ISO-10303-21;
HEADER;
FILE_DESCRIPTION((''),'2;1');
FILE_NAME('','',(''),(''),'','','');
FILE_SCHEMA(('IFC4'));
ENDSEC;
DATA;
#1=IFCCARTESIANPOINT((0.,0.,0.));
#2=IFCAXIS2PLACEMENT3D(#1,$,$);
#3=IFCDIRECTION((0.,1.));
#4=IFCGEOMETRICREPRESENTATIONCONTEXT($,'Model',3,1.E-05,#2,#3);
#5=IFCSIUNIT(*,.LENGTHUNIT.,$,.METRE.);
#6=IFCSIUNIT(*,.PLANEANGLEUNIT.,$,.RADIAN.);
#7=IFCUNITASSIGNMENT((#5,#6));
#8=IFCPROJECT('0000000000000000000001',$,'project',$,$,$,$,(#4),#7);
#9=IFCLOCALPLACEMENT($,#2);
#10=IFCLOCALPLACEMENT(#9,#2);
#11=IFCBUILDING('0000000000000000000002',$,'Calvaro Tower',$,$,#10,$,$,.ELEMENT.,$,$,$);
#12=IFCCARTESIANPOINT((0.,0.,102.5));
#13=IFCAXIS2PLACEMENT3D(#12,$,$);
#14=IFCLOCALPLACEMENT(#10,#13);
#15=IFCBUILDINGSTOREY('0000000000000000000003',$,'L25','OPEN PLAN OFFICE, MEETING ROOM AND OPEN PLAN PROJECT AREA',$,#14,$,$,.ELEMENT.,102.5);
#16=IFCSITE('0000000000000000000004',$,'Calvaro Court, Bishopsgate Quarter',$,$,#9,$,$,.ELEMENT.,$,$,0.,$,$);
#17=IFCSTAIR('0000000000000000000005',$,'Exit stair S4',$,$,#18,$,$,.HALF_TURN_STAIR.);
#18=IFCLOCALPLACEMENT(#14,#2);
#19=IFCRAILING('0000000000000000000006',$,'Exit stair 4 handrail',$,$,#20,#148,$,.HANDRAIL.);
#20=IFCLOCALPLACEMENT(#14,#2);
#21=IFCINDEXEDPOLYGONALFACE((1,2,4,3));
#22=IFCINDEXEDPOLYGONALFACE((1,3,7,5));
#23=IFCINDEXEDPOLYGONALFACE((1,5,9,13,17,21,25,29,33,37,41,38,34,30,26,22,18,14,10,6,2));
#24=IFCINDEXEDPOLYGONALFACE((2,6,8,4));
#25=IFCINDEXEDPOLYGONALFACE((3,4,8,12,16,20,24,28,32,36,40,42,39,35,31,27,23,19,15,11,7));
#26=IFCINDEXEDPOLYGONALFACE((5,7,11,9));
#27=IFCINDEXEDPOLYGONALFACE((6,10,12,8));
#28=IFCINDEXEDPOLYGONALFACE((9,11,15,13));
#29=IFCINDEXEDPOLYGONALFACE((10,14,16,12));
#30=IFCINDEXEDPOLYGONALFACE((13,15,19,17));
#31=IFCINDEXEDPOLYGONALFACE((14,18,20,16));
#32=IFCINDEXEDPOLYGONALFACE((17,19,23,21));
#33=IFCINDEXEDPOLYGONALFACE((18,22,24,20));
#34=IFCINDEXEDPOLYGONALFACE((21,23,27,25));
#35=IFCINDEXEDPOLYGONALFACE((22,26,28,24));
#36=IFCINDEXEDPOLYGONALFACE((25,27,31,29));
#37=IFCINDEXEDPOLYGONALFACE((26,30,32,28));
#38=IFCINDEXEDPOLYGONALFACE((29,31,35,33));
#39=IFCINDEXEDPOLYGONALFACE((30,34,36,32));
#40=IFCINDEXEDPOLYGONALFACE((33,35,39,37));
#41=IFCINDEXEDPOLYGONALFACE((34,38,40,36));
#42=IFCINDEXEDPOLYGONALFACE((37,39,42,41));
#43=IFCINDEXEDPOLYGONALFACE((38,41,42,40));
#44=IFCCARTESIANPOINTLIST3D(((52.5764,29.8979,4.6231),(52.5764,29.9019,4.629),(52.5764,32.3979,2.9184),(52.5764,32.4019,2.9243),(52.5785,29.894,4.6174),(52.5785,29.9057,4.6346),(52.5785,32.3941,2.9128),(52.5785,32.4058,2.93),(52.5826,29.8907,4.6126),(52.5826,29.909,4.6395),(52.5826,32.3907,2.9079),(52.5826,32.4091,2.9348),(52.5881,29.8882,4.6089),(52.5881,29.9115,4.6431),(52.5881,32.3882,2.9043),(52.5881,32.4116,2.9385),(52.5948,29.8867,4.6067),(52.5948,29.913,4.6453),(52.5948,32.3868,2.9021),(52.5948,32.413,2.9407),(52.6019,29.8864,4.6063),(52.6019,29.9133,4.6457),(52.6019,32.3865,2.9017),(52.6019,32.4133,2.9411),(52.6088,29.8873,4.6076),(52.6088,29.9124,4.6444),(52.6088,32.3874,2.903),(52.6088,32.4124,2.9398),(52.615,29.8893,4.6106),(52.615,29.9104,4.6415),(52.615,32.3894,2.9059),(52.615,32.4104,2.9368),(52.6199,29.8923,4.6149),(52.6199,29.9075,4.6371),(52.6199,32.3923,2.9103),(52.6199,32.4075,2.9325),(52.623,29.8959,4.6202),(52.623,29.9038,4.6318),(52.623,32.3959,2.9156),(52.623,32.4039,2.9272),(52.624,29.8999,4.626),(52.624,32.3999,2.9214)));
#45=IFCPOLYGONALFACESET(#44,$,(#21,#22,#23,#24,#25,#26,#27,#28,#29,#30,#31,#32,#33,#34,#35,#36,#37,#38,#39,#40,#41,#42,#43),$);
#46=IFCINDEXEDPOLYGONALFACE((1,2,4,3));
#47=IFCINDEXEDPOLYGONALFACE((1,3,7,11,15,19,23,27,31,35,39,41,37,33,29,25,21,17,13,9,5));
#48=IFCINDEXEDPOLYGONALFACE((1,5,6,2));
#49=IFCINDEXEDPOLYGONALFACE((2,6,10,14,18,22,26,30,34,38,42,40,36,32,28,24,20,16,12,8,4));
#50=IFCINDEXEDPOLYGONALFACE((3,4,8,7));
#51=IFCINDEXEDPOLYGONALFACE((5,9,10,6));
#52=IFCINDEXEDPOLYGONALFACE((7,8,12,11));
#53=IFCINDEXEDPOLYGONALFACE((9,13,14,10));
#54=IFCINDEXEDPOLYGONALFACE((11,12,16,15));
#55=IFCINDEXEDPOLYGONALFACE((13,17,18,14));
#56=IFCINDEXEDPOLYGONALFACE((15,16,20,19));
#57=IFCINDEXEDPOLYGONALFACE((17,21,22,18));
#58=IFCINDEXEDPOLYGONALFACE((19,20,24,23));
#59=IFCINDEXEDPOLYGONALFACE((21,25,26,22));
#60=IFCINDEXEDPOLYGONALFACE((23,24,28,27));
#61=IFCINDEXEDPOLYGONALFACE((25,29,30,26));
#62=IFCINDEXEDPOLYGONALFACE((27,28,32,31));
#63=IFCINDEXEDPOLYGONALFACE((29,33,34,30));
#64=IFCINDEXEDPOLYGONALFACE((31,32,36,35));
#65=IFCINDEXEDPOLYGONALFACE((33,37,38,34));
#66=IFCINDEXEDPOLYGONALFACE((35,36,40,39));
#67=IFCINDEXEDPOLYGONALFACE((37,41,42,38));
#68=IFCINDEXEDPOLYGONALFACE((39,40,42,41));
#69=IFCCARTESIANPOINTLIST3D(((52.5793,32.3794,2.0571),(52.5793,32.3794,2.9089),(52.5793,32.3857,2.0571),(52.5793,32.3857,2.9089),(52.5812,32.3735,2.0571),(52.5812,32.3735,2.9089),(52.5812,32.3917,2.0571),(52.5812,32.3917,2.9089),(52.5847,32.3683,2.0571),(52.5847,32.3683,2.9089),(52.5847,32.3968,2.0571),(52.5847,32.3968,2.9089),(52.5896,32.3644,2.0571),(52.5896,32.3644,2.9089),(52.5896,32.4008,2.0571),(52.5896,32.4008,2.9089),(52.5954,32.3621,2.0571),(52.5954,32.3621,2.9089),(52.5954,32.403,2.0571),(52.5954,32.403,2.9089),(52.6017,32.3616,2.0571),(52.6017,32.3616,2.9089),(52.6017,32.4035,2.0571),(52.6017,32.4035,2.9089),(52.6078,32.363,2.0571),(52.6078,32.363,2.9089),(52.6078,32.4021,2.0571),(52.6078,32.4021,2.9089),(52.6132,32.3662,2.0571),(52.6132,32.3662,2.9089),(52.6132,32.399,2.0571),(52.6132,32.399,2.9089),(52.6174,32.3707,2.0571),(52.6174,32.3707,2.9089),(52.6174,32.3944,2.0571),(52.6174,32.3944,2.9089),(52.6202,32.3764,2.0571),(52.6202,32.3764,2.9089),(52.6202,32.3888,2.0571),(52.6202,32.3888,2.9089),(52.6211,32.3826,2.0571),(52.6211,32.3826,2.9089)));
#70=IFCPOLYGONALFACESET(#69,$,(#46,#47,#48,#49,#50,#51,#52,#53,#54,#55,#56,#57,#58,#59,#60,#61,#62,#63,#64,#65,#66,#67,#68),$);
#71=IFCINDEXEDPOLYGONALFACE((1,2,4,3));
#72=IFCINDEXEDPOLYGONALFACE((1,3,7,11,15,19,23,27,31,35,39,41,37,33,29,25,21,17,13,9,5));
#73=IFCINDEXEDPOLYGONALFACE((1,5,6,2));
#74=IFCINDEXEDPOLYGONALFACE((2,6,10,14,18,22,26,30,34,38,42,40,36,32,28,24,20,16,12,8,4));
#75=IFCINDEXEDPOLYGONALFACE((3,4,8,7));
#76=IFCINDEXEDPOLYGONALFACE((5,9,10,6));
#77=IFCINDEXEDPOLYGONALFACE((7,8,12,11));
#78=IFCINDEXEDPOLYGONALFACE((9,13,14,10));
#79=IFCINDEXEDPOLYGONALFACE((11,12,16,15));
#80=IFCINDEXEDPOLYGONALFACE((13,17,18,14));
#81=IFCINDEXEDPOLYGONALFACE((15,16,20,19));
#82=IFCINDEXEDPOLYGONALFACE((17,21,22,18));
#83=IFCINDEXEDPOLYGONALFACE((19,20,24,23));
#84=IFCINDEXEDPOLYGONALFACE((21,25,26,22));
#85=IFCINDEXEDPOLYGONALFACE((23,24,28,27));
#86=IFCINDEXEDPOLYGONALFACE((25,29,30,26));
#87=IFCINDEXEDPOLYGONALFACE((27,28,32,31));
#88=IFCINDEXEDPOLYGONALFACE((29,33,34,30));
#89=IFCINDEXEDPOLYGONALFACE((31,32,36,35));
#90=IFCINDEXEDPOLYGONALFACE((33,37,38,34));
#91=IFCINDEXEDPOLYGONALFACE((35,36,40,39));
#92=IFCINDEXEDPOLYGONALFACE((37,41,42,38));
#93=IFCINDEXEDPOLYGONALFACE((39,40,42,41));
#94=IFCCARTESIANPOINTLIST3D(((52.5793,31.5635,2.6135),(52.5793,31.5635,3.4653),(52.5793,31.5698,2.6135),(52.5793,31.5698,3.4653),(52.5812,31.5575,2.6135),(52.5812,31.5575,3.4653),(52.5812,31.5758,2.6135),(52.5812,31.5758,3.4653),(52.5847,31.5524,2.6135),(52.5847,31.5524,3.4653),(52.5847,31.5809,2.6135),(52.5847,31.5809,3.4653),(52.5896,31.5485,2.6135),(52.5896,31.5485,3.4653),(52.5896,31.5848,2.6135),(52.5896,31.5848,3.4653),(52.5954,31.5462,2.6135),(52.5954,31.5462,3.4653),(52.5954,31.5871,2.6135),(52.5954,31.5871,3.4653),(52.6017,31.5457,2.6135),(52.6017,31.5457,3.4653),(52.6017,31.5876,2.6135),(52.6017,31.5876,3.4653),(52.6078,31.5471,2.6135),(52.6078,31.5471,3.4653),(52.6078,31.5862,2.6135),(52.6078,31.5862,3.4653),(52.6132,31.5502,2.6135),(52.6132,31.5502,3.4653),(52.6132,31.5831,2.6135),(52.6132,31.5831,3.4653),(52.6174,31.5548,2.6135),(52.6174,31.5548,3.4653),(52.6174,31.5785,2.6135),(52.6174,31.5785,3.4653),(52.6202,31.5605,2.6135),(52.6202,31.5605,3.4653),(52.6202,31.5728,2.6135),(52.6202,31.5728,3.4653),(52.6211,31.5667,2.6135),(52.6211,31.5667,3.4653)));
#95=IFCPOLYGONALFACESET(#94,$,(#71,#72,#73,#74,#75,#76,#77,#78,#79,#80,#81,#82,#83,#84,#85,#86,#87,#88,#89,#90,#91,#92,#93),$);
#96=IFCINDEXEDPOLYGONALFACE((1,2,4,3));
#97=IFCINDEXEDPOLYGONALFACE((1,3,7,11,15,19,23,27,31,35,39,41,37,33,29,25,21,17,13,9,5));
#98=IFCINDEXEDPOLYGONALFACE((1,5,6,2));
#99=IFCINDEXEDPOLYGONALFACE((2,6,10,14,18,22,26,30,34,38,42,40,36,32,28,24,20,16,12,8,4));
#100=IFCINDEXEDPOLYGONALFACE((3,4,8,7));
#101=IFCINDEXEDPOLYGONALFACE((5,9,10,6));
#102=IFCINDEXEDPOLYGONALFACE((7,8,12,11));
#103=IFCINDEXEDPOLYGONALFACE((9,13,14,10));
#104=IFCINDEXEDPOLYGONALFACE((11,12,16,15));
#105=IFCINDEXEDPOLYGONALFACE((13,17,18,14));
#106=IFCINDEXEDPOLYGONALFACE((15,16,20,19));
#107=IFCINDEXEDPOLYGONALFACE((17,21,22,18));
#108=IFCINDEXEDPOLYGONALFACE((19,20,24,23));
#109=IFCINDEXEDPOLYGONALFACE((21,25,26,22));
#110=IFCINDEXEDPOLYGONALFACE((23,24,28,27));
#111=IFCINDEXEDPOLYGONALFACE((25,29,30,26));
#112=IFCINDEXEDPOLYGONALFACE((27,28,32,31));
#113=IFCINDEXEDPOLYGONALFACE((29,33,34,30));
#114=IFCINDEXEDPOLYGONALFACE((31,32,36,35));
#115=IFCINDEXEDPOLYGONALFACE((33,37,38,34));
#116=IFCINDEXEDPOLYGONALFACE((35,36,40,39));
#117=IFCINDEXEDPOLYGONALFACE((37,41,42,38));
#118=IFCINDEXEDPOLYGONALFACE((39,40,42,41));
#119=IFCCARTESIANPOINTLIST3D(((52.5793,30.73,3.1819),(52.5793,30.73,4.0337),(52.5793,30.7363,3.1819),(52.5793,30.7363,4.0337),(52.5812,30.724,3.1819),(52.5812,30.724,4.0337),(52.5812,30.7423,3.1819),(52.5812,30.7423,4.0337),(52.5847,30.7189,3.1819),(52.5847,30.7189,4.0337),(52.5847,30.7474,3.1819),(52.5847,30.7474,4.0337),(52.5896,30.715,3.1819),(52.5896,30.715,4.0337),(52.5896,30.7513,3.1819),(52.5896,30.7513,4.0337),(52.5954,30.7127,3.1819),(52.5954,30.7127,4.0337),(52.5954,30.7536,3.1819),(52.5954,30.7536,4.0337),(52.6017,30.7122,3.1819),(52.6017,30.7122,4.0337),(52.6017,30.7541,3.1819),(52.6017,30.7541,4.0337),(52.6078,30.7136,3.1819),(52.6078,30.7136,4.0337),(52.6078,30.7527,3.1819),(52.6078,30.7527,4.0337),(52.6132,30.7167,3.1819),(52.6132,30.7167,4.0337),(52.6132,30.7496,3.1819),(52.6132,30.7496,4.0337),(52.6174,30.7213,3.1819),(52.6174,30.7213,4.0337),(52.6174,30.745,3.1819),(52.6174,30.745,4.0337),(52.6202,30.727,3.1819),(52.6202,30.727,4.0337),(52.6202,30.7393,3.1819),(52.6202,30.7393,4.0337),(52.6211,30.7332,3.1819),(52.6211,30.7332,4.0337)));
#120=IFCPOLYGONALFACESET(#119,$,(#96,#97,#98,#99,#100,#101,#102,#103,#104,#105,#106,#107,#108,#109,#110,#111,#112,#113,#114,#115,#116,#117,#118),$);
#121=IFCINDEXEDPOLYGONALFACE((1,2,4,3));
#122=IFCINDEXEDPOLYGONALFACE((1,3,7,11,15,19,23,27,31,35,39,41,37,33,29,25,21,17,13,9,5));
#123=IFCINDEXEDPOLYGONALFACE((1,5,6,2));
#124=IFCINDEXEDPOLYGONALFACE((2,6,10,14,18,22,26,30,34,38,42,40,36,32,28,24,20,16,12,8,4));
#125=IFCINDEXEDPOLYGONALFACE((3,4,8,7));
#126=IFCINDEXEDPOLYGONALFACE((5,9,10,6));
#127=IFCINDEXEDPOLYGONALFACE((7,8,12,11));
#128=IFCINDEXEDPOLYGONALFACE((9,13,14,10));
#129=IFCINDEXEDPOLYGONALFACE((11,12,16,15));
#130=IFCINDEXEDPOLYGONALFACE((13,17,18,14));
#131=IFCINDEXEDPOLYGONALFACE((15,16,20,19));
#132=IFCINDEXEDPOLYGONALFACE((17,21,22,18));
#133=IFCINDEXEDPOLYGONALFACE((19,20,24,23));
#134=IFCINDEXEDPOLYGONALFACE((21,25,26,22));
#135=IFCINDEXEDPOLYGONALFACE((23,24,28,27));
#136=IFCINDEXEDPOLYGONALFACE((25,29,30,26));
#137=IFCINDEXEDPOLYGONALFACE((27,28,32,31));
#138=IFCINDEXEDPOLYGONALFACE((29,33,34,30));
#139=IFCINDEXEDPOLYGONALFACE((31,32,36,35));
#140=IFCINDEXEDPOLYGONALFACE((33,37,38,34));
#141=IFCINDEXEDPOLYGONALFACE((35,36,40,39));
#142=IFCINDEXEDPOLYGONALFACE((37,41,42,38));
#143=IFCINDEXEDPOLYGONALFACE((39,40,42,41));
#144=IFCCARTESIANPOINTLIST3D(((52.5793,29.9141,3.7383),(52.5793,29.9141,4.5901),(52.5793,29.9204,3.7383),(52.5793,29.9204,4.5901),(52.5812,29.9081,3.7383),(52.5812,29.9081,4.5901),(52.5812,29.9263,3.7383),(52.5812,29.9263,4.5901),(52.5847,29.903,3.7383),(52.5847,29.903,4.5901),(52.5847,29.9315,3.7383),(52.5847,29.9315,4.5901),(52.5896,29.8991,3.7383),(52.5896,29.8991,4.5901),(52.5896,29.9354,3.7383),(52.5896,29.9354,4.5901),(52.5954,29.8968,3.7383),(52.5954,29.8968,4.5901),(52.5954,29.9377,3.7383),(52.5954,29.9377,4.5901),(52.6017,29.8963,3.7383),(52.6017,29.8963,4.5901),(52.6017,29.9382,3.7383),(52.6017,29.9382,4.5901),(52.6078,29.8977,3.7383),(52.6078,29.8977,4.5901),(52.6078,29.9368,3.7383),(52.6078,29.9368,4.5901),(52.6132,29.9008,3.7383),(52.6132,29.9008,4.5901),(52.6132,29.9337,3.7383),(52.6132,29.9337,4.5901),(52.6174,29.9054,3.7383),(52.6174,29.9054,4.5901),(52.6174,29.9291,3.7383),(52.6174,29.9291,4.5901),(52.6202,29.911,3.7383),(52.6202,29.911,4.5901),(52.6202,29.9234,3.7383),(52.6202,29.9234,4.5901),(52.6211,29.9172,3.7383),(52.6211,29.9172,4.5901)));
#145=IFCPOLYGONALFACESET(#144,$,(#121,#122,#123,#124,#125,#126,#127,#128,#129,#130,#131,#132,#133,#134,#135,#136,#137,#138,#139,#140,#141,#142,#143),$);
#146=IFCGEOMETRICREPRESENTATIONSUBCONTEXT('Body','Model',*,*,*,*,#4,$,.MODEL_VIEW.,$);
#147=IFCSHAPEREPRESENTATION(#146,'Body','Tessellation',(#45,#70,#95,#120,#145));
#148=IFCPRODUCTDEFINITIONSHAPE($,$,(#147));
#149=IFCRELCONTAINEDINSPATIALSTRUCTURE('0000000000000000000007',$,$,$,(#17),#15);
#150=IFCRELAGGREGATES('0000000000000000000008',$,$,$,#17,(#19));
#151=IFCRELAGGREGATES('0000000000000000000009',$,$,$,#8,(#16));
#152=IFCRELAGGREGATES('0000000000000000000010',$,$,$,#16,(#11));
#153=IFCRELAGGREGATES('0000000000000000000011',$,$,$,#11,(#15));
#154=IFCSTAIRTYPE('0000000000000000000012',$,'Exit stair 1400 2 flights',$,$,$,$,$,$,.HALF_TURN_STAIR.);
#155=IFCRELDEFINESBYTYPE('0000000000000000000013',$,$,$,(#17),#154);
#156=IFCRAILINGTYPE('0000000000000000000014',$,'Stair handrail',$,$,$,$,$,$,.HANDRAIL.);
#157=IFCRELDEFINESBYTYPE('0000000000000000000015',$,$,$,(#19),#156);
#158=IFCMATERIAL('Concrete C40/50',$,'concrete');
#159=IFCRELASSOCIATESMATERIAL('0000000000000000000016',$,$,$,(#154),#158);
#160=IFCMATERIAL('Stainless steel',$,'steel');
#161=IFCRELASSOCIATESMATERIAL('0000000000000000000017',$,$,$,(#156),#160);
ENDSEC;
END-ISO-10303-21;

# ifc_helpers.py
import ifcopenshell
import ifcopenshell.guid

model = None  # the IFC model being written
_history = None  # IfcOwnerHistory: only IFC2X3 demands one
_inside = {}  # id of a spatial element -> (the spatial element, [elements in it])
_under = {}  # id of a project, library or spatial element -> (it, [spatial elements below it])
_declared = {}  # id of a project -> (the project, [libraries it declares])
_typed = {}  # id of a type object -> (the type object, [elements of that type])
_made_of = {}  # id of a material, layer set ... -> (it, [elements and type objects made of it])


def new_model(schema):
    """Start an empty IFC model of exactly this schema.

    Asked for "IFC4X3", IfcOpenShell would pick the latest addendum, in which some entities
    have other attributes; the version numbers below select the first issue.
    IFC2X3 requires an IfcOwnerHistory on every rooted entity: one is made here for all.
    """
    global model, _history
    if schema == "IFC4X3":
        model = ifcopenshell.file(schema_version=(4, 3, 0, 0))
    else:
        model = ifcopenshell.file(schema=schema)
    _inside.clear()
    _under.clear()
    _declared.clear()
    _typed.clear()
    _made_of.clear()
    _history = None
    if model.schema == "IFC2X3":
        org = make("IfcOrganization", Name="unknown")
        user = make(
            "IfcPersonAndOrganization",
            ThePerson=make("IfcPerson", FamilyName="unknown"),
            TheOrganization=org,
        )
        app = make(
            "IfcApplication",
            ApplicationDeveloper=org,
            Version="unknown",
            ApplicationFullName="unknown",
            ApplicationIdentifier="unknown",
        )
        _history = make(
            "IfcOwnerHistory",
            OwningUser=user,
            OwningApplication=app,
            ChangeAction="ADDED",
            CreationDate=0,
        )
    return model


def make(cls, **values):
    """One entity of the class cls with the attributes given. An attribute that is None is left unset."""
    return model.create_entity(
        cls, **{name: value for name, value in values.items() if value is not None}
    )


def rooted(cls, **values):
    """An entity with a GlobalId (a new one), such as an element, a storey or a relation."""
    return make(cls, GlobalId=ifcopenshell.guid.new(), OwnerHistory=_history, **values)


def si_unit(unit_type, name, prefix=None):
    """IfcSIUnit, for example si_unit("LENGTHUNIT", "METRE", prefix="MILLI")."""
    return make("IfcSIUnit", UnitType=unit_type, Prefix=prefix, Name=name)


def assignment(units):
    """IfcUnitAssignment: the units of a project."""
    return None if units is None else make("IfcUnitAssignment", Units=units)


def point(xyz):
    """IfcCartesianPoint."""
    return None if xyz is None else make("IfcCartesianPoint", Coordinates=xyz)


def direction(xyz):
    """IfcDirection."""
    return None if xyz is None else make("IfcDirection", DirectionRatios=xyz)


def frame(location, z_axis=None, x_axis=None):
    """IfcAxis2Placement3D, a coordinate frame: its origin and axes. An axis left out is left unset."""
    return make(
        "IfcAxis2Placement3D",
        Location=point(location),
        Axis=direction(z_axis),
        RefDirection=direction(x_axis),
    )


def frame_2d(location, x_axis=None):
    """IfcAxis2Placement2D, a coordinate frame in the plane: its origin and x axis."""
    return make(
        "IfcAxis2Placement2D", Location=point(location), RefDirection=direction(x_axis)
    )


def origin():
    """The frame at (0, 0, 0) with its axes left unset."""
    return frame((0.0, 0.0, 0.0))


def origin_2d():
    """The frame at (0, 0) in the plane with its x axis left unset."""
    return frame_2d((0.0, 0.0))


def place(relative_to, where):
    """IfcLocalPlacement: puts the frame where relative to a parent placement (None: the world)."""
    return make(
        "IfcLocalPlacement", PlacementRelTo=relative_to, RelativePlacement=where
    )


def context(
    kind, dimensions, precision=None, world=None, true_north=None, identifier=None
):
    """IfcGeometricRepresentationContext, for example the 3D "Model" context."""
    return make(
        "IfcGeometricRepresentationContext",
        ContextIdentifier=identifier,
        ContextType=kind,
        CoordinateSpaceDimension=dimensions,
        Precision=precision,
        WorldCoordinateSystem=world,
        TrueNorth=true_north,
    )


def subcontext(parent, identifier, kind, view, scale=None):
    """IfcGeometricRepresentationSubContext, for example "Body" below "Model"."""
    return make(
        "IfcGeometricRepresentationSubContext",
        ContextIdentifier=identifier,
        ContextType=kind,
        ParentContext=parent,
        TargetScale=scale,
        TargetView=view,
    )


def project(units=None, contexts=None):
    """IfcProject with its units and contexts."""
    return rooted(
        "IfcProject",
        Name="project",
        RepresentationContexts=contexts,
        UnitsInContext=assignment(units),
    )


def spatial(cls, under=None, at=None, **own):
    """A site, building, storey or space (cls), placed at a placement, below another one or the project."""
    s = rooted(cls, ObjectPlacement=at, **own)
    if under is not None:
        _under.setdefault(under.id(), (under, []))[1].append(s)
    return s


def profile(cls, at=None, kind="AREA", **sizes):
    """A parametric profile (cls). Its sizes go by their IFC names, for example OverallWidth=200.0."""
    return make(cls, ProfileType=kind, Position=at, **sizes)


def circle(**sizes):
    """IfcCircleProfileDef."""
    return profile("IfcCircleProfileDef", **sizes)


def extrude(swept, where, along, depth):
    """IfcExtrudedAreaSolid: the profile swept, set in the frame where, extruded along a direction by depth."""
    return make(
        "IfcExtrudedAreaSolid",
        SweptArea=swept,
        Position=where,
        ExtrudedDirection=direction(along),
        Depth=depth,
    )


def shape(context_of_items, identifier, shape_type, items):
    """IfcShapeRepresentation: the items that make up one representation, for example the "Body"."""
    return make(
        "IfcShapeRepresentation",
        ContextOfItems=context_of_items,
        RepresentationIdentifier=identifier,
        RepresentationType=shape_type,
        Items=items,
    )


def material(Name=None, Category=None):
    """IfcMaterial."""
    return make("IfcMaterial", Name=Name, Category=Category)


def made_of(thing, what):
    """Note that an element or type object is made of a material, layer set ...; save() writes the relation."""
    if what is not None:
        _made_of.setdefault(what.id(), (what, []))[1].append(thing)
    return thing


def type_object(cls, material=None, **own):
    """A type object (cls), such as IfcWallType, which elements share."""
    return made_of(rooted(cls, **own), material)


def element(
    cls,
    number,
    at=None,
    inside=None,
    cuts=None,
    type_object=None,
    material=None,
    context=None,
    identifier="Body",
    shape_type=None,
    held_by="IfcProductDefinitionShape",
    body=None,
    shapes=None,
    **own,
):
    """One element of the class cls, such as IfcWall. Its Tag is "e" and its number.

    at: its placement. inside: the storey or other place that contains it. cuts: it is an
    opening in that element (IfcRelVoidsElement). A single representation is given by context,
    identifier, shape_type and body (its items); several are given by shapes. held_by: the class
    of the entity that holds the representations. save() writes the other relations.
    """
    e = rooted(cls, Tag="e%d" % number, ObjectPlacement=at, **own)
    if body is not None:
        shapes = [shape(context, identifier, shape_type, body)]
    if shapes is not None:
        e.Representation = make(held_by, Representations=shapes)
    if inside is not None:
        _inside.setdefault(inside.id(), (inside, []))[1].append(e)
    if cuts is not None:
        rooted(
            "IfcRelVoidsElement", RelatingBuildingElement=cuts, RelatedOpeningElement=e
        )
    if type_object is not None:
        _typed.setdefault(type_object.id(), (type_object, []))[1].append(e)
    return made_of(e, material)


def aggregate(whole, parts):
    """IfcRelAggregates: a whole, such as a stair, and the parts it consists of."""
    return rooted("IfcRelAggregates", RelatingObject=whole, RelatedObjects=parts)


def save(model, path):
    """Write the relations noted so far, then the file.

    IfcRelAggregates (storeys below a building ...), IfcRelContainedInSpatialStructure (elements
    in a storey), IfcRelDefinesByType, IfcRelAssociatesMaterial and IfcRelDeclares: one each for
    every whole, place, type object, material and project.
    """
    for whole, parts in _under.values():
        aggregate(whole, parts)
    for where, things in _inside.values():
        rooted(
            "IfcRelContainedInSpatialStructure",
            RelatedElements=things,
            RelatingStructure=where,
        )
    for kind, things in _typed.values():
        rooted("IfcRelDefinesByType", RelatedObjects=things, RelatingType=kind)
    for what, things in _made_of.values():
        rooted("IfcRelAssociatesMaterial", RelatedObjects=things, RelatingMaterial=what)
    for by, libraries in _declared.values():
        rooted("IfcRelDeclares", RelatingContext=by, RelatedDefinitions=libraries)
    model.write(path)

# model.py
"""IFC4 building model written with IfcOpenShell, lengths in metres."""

from ifc_helpers import new_model, si_unit, direction, frame, origin, origin_2d, place, context, subcontext, project, spatial, circle, extrude, material, type_object, element, aggregate, save


model = new_model("IFC4")

# Units and contexts
model_context = context("Model", 3, precision=1e-05, world=origin(), true_north=direction((0.0, 1.0)))
body_context = subcontext(model_context, "Body", "Model", "MODEL_VIEW")
ifc_project = project(units=[si_unit("LENGTHUNIT", "METRE"), si_unit("PLANEANGLEUNIT", "RADIAN")], contexts=[model_context])

# Site, building, storey
site_placement = place(None, origin())
site = spatial("IfcSite", under=ifc_project, at=site_placement, Name="Calvaro Court, Bishopsgate Quarter", CompositionType="ELEMENT", RefElevation=0.0)
building_placement = place(site_placement, origin())
building = spatial("IfcBuilding", under=site, at=building_placement, Name="Calvaro Tower", CompositionType="ELEMENT")
storey_placement = place(building_placement, frame((0.0, 0.0, 102.5)))
storey = spatial("IfcBuildingStorey", under=building, at=storey_placement, Name="L25", Description="OPEN PLAN OFFICE, MEETING ROOM AND OPEN PLAN PROJECT AREA", CompositionType="ELEMENT", Elevation=102.5)

# Stair
ifc_material_1 = material(Name="Concrete C40/50", Category="concrete")
stair_type = type_object("IfcStairType", Name="Exit stair 1400 2 flights", PredefinedType="HALF_TURN_STAIR", material=ifc_material_1)
stair_1_placement = place(storey_placement, origin())
stair_1 = element("IfcStair", 1, at=stair_1_placement, inside=storey, type_object=stair_type, Name="Exit stair S4", PredefinedType="HALF_TURN_STAIR")

# Railing
ifc_material_2 = material(Name="Stainless steel", Category="steel")
railing_type = type_object("IfcRailingType", Name="Stair handrail", PredefinedType="HANDRAIL", material=ifc_material_2)
railing_1_placement = place(storey_placement, frame((52.6001, 32.3999, 2.0454)))
railing_1 = element("IfcRailing", 2, at=railing_1_placement, type_object=railing_type, Name="Exit stair 4 handrail", PredefinedType="HANDRAIL", context=body_context, shape_type="SweptSolid", body=[
    extrude(circle(Radius=0.0239, at=origin_2d()), frame((0.0, 0.0, 0.876), z_axis=(0.0, -0.826221, 0.563347), x_axis=(1.0, 0.0, 0.0)), (0.0, 0.0, 1.0), 3.0259),
    extrude(circle(Radius=0.021, at=origin_2d()), frame((0.0, -0.0173, 0.0117)), (0.0, 0.0, 1.0), 0.8518),
    extrude(circle(Radius=0.021, at=origin_2d()), frame((0.0, -0.8333, 0.5681)), (0.0, 0.0, 1.0), 0.8518),
    extrude(circle(Radius=0.021, at=origin_2d()), frame((0.0, -1.6667, 1.1365)), (0.0, 0.0, 1.0), 0.8518),
    extrude(circle(Radius=0.021, at=origin_2d()), frame((0.0, -2.4827, 1.6929)), (0.0, 0.0, 1.0), 0.8518),
])
aggregate(stair_1, [railing_1])

save(model, "model.ifc")
